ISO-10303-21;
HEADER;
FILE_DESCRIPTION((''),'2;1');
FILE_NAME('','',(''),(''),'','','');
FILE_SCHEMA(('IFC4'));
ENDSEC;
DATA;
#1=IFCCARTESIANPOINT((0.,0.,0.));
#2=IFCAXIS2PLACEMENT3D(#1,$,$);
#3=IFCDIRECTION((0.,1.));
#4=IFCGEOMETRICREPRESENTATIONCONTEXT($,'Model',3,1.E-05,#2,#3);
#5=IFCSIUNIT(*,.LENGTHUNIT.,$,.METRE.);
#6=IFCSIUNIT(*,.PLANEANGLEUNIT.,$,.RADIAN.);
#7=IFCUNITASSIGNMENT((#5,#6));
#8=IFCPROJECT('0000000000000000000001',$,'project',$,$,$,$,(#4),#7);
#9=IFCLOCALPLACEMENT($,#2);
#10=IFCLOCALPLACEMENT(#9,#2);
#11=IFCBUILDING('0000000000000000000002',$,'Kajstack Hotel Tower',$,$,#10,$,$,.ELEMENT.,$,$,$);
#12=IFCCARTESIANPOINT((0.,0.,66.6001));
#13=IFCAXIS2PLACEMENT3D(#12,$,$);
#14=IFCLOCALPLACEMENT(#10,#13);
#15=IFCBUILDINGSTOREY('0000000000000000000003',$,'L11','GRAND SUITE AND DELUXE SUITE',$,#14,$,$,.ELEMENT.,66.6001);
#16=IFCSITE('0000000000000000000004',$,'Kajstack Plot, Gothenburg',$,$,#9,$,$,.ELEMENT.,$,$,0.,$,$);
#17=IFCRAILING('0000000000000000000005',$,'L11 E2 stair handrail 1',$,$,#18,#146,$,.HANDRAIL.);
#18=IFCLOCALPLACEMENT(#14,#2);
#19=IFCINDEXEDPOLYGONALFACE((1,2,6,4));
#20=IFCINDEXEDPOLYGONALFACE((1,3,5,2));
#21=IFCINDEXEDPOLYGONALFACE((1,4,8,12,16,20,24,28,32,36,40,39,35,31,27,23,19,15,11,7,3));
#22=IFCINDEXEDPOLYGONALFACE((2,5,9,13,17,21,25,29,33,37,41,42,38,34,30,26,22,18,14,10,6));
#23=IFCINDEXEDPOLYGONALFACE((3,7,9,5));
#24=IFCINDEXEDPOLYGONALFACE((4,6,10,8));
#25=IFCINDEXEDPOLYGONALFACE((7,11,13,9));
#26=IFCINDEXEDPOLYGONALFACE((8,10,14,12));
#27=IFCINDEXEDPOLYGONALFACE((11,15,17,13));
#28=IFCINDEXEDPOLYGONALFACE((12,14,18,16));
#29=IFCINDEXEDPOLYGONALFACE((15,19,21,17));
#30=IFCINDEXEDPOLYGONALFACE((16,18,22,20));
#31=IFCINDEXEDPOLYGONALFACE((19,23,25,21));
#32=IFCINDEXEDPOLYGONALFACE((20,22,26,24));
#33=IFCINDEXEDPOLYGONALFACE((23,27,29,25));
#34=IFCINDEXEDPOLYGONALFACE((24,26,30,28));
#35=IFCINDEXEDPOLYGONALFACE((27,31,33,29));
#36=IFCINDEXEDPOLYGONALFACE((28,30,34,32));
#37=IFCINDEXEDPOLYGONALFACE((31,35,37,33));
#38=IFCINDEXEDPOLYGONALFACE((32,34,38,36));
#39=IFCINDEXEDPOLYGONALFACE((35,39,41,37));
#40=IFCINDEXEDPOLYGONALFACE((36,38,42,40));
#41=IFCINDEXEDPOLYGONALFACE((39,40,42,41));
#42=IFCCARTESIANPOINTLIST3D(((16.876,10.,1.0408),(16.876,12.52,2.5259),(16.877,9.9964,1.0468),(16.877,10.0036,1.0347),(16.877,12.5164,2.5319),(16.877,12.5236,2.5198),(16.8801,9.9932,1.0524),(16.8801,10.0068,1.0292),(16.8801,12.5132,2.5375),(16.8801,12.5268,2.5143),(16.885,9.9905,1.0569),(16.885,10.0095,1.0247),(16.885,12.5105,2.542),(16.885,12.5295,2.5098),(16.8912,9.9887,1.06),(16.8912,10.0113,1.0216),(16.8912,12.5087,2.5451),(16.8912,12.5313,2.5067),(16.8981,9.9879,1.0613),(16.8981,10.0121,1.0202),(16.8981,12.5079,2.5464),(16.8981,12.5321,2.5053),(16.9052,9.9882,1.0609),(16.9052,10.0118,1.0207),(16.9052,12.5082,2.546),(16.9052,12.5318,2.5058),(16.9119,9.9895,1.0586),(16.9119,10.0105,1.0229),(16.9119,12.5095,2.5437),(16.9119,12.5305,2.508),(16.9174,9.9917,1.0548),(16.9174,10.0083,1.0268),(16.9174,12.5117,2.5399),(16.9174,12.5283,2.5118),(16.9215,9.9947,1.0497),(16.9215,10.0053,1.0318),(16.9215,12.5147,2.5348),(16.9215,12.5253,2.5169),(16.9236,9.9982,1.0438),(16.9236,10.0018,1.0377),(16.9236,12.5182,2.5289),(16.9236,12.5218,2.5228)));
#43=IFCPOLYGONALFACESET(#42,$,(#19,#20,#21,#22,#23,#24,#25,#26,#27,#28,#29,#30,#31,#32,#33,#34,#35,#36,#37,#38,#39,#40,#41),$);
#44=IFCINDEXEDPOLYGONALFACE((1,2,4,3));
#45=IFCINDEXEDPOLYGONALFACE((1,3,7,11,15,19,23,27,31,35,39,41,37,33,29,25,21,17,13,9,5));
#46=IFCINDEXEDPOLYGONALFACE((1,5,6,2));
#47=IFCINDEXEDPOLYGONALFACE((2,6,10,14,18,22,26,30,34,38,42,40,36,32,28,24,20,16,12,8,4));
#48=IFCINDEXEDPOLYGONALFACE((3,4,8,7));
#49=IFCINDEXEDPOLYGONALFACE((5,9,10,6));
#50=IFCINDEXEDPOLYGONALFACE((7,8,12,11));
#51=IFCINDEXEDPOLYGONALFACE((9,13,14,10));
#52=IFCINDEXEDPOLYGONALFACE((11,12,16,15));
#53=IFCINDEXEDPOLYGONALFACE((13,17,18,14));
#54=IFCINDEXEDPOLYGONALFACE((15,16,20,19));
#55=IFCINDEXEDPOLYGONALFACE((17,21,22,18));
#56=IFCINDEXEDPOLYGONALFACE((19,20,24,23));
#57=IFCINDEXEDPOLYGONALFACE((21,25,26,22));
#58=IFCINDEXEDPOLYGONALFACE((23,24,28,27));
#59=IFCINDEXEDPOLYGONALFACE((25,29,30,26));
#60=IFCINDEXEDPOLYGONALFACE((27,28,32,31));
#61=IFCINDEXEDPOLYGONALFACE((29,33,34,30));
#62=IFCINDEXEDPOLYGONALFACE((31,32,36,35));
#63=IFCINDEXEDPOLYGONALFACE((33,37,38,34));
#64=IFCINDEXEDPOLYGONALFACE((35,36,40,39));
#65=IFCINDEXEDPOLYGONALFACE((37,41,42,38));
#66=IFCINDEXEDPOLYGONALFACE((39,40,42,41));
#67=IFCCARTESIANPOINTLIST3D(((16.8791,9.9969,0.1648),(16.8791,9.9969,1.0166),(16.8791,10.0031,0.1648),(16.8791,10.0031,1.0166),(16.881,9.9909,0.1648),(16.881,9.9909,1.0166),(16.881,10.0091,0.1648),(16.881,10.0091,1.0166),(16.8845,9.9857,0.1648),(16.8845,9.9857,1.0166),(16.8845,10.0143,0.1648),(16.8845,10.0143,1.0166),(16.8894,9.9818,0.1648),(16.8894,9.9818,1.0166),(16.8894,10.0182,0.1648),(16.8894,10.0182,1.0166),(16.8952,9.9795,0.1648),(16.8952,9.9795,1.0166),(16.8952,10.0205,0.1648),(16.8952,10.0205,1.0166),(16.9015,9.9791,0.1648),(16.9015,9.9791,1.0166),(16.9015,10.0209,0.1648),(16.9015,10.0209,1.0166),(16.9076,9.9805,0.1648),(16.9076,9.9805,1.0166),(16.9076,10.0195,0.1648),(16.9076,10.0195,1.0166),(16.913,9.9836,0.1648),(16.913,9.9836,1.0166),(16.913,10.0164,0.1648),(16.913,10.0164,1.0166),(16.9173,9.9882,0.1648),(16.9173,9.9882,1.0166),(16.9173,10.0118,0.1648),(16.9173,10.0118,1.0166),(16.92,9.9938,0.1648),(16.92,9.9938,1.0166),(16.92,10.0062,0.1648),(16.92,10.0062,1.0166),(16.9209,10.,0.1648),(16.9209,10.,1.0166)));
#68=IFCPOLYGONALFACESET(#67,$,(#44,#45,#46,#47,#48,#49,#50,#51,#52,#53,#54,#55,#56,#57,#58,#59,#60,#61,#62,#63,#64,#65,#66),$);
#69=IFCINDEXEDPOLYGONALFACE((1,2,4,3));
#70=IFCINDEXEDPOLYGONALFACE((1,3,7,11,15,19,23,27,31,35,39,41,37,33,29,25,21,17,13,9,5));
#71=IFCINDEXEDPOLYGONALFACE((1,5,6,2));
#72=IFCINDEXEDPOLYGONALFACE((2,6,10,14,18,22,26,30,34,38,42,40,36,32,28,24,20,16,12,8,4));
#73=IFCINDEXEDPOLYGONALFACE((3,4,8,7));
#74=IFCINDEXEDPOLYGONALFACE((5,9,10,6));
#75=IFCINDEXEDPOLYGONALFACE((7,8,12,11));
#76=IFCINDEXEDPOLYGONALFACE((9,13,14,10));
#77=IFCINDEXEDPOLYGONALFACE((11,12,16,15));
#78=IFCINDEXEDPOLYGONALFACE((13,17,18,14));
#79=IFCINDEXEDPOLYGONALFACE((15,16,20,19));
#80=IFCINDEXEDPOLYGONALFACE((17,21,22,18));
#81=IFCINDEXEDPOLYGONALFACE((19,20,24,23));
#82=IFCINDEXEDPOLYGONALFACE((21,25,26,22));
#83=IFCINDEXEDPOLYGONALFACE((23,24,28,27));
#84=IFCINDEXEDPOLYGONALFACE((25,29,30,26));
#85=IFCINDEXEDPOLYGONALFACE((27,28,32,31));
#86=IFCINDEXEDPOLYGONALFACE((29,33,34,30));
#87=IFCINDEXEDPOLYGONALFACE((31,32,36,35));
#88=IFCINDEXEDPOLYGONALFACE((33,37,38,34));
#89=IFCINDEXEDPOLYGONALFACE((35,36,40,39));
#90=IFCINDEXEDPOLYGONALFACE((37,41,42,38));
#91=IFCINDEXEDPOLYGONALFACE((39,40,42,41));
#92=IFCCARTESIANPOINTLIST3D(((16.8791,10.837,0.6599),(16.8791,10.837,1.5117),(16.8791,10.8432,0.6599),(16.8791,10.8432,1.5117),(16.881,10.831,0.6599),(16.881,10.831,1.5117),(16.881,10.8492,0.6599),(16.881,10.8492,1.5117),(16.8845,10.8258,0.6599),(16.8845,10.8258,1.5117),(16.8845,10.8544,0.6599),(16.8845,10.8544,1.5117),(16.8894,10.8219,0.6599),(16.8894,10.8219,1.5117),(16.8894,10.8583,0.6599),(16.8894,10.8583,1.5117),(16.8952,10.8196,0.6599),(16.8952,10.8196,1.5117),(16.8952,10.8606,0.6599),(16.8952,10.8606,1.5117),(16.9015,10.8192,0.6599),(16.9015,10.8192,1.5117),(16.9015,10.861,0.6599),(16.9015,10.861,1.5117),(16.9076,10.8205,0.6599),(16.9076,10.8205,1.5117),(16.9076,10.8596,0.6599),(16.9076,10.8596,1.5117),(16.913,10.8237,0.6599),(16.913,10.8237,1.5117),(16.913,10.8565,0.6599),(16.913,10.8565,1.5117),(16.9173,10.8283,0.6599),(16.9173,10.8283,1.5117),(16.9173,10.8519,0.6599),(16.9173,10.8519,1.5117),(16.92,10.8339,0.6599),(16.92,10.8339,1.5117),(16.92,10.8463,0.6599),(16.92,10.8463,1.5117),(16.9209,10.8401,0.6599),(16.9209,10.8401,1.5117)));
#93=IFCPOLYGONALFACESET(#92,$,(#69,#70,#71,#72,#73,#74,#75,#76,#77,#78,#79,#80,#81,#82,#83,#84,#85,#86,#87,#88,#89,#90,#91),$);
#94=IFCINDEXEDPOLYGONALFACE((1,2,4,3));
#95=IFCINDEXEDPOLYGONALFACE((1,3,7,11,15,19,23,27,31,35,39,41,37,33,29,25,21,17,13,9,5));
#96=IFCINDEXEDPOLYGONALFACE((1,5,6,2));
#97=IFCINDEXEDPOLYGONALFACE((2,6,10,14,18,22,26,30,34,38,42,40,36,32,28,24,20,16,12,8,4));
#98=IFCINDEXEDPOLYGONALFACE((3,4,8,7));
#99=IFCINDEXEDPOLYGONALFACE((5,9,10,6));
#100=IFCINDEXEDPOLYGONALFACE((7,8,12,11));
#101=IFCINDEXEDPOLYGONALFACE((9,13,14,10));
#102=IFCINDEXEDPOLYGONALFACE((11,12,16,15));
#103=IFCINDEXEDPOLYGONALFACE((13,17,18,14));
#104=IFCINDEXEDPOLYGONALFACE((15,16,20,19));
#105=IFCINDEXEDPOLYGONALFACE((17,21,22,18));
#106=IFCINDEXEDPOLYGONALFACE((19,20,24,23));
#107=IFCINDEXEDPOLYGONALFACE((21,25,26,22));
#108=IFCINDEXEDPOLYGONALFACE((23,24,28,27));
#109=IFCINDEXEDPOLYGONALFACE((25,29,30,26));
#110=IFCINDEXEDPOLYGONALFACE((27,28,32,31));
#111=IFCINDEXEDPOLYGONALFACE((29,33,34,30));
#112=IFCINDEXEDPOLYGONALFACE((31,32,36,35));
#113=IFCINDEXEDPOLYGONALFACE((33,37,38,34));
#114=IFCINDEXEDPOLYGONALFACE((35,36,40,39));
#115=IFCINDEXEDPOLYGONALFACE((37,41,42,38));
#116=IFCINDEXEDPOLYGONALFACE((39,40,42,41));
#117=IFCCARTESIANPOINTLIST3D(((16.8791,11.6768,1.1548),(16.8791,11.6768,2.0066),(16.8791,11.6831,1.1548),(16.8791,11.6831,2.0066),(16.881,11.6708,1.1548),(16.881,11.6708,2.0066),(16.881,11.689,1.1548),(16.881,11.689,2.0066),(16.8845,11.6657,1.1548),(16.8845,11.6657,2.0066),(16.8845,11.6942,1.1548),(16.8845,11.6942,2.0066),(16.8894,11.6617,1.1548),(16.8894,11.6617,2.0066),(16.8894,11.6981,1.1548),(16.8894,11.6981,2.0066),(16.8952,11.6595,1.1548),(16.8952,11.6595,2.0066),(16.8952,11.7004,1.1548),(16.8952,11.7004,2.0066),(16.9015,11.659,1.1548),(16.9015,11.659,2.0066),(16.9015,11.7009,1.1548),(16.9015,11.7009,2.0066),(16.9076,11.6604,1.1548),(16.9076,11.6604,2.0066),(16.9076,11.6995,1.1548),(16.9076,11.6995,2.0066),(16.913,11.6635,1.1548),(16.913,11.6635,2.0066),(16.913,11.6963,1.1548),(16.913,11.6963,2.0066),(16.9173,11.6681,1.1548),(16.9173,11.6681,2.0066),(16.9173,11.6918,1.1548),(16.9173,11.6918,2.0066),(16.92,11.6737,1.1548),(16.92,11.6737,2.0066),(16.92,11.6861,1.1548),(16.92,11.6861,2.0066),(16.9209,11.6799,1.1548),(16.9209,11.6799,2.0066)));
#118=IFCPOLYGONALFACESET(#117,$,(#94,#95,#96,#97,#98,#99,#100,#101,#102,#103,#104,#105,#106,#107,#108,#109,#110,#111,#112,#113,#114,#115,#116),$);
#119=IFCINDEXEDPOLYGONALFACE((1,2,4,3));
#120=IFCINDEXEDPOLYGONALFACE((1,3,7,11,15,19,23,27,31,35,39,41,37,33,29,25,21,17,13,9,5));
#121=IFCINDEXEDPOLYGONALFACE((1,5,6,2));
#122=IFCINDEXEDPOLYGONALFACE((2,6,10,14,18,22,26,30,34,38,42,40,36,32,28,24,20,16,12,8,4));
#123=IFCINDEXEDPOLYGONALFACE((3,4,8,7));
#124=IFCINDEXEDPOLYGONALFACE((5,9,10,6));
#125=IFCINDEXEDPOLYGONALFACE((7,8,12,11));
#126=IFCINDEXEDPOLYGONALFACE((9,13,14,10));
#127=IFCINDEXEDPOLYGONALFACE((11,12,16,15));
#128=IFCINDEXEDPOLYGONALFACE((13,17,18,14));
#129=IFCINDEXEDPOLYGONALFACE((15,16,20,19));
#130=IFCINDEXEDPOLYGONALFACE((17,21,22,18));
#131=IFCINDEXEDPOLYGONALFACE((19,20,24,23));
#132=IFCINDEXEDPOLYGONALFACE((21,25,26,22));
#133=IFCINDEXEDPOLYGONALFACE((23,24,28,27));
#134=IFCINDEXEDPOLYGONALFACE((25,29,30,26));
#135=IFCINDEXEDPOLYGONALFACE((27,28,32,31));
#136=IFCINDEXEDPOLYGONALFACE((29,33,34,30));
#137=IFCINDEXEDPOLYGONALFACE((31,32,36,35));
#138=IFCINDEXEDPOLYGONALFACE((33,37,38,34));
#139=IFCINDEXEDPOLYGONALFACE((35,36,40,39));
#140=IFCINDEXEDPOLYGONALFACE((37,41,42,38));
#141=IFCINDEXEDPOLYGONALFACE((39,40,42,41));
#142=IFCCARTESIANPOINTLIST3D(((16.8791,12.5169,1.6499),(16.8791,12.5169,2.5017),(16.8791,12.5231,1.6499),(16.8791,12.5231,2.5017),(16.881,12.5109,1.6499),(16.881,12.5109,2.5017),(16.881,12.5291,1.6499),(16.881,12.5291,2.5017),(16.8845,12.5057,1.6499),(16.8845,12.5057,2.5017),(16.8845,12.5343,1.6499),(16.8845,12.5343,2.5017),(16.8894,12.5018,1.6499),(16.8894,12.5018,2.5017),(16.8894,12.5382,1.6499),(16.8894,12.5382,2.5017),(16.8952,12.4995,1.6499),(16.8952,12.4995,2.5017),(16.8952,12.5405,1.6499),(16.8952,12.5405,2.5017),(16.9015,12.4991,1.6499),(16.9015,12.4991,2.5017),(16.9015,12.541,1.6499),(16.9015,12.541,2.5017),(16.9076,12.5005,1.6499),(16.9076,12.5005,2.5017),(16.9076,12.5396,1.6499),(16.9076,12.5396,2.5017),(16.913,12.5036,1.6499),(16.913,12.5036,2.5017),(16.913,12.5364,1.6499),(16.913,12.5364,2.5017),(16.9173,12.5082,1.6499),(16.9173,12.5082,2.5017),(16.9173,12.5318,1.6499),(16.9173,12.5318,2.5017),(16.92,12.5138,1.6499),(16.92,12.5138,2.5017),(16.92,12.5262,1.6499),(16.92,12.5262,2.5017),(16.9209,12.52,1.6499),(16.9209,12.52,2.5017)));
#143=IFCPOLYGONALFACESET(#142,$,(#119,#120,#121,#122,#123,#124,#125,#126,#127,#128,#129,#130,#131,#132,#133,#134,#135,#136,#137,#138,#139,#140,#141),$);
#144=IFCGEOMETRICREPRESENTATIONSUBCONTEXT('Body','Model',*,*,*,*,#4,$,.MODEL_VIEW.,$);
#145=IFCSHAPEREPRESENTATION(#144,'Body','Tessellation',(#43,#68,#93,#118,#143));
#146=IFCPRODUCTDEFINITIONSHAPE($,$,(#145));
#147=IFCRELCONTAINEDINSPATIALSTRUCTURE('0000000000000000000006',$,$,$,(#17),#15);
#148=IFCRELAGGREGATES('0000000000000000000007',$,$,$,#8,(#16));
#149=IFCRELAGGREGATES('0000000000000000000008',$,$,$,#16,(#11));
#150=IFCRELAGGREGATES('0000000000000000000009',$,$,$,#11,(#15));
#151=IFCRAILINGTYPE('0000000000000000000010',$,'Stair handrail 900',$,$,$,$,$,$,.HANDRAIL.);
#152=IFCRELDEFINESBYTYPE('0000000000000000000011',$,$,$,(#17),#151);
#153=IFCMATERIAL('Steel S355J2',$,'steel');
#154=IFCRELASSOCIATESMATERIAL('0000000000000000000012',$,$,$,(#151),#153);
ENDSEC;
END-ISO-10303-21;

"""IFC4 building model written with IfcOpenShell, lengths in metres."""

from ifc_helpers import new_model, si_unit, direction, frame, origin, origin_2d, place, context, subcontext, project, spatial, circle, extrude, material, type_object, element, save


model = new_model("IFC4")

# Units and contexts
model_context = context("Model", 3, precision=1e-05, world=origin(), true_north=direction((0.0, 1.0)))
body_context = subcontext(model_context, "Body", "Model", "MODEL_VIEW")
ifc_project = project(units=[si_unit("LENGTHUNIT", "METRE"), si_unit("PLANEANGLEUNIT", "RADIAN")], contexts=[model_context])

# Site, building, storey
site_placement = place(None, origin())
site = spatial("IfcSite", under=ifc_project, at=site_placement, Name="Kajstack Plot, Gothenburg", CompositionType="ELEMENT", RefElevation=0.0)
building_placement = place(site_placement, origin())
building = spatial("IfcBuilding", under=site, at=building_placement, Name="Kajstack Hotel Tower", CompositionType="ELEMENT")
storey_placement = place(building_placement, frame((0.0, 0.0, 66.6001)))
storey = spatial("IfcBuildingStorey", under=building, at=storey_placement, Name="L11", Description="GRAND SUITE AND DELUXE SUITE", CompositionType="ELEMENT", Elevation=66.6001)

# Railing
ifc_material_1 = material(Name="Steel S355J2", Category="steel")
railing_type_1 = type_object("IfcRailingType", Name="Stair handrail 900", PredefinedType="HANDRAIL", material=ifc_material_1)
railing_1_placement = place(storey_placement, frame((16.8999, 10.0, 0.1648)))
element("IfcRailing", 1, at=railing_1_placement, inside=storey, type_object=railing_type_1, Name="L11 E2 stair handrail 1", PredefinedType="HANDRAIL", context=body_context, shape_type="SweptSolid", body=[
    extrude(circle(Radius=0.0239, at=origin_2d()), frame((0.0, 0.0, 0.876), z_axis=(0.0, 0.861524, 0.507717), x_axis=(-1.0, 0.0, 0.0)), (0.0, 0.0, 1.0), 2.925),
    extrude(circle(Radius=0.021, at=origin_2d()), origin(), (0.0, 0.0, 1.0), 0.8518),
    extrude(circle(Radius=0.021, at=origin_2d()), frame((0.0, 0.8401, 0.4951)), (0.0, 0.0, 1.0), 0.8518),
    extrude(circle(Radius=0.021, at=origin_2d()), frame((0.0, 1.6799, 0.99)), (0.0, 0.0, 1.0), 0.8518),
    extrude(circle(Radius=0.021, at=origin_2d()), frame((0.0, 2.52, 1.4851)), (0.0, 0.0, 1.0), 0.8518),
])

save(model, "model.ifc")
